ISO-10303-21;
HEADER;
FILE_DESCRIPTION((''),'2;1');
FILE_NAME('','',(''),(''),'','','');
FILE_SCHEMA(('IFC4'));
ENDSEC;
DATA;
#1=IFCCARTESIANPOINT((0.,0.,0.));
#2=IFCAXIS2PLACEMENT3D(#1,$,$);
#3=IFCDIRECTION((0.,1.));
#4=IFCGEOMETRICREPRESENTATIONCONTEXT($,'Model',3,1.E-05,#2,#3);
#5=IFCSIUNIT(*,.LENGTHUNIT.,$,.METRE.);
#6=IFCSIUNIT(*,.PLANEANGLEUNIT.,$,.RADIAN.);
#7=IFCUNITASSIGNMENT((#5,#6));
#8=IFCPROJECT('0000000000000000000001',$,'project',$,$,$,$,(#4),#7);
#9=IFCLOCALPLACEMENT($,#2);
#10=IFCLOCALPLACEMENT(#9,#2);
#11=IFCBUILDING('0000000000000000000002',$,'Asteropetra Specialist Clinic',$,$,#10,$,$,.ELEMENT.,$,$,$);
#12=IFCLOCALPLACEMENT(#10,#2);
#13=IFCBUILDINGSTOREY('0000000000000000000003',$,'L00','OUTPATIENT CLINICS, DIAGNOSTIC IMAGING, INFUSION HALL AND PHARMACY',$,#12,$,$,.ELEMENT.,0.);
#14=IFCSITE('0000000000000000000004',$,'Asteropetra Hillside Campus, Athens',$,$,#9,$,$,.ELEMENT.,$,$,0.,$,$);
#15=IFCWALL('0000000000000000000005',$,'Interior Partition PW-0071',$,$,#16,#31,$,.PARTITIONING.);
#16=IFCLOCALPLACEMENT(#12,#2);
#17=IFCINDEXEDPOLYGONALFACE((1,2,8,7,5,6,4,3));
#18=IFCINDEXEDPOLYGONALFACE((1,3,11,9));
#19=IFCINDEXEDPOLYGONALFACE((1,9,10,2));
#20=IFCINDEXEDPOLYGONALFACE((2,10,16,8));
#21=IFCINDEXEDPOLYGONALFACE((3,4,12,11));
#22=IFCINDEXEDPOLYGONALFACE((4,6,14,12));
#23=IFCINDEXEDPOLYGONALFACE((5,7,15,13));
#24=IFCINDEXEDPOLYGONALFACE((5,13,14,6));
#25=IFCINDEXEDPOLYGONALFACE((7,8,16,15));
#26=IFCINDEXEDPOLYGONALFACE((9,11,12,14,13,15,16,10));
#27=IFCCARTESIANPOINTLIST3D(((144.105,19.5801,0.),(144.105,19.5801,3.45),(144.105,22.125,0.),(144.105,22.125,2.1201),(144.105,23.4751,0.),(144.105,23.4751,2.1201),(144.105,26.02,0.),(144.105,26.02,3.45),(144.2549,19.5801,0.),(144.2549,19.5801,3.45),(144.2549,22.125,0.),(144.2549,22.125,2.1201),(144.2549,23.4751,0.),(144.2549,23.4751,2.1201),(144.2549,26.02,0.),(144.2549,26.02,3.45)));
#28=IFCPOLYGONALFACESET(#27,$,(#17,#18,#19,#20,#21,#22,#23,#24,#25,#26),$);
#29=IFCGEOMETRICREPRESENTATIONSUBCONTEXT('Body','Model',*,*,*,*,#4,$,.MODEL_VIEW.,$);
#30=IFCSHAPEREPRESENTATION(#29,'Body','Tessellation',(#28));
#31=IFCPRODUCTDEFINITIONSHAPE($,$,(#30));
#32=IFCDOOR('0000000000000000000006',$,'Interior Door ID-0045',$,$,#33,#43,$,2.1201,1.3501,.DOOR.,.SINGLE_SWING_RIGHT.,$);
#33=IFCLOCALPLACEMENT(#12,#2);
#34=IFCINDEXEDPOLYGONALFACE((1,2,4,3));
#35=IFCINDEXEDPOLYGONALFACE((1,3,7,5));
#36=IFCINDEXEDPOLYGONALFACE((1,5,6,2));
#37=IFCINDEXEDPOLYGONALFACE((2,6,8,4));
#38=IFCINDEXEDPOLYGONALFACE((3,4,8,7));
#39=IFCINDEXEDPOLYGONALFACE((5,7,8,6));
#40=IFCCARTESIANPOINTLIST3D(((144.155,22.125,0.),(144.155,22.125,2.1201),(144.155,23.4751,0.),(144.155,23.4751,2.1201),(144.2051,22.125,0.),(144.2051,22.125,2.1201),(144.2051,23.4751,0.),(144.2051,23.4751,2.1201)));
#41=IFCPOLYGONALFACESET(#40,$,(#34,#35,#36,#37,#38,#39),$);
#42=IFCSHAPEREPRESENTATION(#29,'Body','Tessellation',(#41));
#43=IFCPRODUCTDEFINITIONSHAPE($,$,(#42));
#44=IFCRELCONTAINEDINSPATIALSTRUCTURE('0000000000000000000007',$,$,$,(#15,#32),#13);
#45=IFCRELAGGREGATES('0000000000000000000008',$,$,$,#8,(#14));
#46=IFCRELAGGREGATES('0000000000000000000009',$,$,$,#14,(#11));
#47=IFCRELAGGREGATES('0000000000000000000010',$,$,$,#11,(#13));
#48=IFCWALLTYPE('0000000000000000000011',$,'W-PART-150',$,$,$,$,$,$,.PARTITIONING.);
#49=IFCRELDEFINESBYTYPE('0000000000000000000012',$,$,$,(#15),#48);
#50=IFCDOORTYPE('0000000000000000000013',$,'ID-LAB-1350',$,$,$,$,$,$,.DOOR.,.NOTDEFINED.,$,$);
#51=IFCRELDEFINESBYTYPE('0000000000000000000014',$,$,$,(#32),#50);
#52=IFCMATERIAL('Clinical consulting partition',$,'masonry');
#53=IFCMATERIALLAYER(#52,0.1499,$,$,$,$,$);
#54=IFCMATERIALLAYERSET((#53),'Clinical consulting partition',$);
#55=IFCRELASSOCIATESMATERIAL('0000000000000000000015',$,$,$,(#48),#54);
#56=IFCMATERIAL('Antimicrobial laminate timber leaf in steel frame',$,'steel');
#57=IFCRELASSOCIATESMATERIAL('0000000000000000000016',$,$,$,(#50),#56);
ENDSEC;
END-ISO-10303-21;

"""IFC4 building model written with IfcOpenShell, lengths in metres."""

from ifc_helpers import new_model, si_unit, direction, frame, frame_2d, origin, place, context, subcontext, project, spatial, rectangle, extrude, material, layer, layer_set, type_object, element, fill, save


model = new_model("IFC4")

# Units and contexts
model_context = context("Model", 3, precision=1e-05, world=origin(), true_north=direction((0.0, 1.0)))
body_context = subcontext(model_context, "Body", "Model", "MODEL_VIEW")
ifc_project = project(units=[si_unit("LENGTHUNIT", "METRE"), si_unit("PLANEANGLEUNIT", "RADIAN")], contexts=[model_context])

# Site, building, storey
site_placement = place(None, origin())
site = spatial("IfcSite", under=ifc_project, at=site_placement, Name="Asteropetra Hillside Campus, Athens", CompositionType="ELEMENT", RefElevation=0.0)
building_placement = place(site_placement, origin())
building = spatial("IfcBuilding", under=site, at=building_placement, Name="Asteropetra Specialist Clinic", CompositionType="ELEMENT")
storey_placement = place(building_placement, origin())
storey = spatial("IfcBuildingStorey", under=building, at=storey_placement, Name="L00", Description="OUTPATIENT CLINICS, DIAGNOSTIC IMAGING, INFUSION HALL AND PHARMACY", CompositionType="ELEMENT", Elevation=0.0)

# Wall, opening, door
ifc_material_1 = material(Name="Clinical consulting partition", Category="masonry")
ifc_layer_1 = layer(ifc_material_1, 0.1499)
ifc_layer_set_1 = layer_set([ifc_layer_1], Name="Clinical consulting partition")
wall_type = type_object("IfcWallType", Name="W-PART-150", PredefinedType="PARTITIONING", material=ifc_layer_set_1)
wall_placement = place(storey_placement, frame((144.1799, 19.5801, 0.0), z_axis=(0.0, 0.0, 1.0), x_axis=(0.0, 1.0, 0.0)))
wall = element("IfcWall", 1, at=wall_placement, inside=storey, type_object=wall_type, Name="Interior Partition PW-0071", PredefinedType="PARTITIONING", context=body_context, shape_type="SweptSolid", body=[
    extrude(rectangle(XDim=6.4399, YDim=0.1499, at=frame_2d((3.22, 0.0))), origin(), (0.0, 0.0, 1.0), 3.45),
])
opening_placement = place(wall_placement, frame((2.5449, 0.0, 0.0)))
opening = element("IfcOpeningElement", 2, at=opening_placement, cuts=wall, PredefinedType="OPENING", context=body_context, shape_type="SweptSolid", body=[
    extrude(rectangle(XDim=1.3501, YDim=2.1201, at=frame_2d((0.675, 1.0601))), frame((0.0, 0.085, 0.0), z_axis=(0.0, -1.0, 0.0), x_axis=(1.0, 0.0, 0.0)), (0.0, 0.0, 1.0), 0.1699),
])
ifc_material_2 = material(Name="Antimicrobial laminate timber leaf in steel frame", Category="steel")
door_type = type_object("IfcDoorType", Name="ID-LAB-1350", OperationType="NOTDEFINED", PredefinedType="DOOR", material=ifc_material_2)
door_placement = place(opening_placement, origin())
door = element("IfcDoor", 3, at=door_placement, inside=storey, type_object=door_type, Name="Interior Door ID-0045", OperationType="SINGLE_SWING_RIGHT", OverallHeight=2.1201, OverallWidth=1.3501, PredefinedType="DOOR", context=body_context, shape_type="SweptSolid", body=[
    extrude(rectangle(XDim=1.3501, YDim=2.1201, at=frame_2d((0.675, 1.0601))), frame((0.0, 0.0249, 0.0), z_axis=(0.0, -1.0, 0.0), x_axis=(1.0, 0.0, 0.0)), (0.0, 0.0, 1.0), 0.05),
])
fill(opening, door)

save(model, "model.ifc")
